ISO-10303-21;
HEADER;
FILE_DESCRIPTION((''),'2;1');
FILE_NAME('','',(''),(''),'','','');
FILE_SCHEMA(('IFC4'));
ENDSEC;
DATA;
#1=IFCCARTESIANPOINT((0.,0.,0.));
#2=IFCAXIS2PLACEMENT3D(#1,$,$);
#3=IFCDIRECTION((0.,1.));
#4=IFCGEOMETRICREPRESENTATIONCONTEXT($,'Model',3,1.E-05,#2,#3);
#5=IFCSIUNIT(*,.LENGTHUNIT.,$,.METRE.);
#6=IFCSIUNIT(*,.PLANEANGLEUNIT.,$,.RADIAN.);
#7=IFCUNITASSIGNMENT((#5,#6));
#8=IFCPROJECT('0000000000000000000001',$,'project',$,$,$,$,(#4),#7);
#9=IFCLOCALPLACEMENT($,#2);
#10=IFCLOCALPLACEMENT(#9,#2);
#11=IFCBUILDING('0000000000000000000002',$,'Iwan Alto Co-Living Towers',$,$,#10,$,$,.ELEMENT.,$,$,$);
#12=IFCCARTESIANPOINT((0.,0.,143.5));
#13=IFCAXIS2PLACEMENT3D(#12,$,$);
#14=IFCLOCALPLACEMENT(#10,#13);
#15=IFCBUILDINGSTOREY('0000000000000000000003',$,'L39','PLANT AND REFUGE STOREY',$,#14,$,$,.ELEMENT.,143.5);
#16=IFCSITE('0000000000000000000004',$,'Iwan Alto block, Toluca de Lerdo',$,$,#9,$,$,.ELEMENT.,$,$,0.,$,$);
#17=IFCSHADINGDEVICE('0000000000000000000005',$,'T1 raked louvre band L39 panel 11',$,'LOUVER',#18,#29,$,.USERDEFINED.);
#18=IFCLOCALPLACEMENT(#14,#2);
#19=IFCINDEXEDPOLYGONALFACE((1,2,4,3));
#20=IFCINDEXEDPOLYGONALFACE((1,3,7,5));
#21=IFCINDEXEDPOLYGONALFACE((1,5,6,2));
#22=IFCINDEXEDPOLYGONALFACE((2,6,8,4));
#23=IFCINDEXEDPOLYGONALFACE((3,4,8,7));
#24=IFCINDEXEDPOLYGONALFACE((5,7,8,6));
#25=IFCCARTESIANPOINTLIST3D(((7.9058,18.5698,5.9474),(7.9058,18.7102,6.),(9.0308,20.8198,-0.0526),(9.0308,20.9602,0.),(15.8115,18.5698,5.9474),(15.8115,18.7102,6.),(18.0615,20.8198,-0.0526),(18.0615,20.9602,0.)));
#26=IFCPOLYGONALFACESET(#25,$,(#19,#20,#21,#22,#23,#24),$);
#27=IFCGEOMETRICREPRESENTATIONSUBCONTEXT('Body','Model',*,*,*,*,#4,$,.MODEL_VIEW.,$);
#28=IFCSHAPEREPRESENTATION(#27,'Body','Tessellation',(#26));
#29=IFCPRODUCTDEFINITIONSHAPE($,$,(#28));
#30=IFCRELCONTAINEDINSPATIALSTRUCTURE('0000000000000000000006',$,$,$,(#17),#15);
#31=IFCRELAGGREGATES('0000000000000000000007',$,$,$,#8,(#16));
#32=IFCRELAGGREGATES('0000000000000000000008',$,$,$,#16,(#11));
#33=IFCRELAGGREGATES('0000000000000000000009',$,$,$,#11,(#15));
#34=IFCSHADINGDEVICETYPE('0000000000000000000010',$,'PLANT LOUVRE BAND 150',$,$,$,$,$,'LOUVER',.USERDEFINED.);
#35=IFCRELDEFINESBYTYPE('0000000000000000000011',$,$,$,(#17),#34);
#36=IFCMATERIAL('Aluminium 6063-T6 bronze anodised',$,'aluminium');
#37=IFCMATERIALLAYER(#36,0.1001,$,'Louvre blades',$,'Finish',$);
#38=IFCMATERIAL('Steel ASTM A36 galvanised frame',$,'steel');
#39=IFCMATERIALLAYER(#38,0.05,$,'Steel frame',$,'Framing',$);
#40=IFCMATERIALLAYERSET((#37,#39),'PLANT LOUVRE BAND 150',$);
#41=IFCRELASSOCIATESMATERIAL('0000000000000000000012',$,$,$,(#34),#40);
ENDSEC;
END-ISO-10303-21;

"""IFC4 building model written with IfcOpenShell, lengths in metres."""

from ifc_helpers import new_model, si_unit, direction, frame, origin, place, context, subcontext, project, spatial, polyline, outline, extrude, material, layer, layer_set, type_object, element, save


model = new_model("IFC4")

# Units and contexts
model_context = context("Model", 3, precision=1e-05, world=origin(), true_north=direction((0.0, 1.0)))
body_context = subcontext(model_context, "Body", "Model", "MODEL_VIEW")
ifc_project = project(units=[si_unit("LENGTHUNIT", "METRE"), si_unit("PLANEANGLEUNIT", "RADIAN")], contexts=[model_context])

# Site, building, storey
site_placement = place(None, origin())
site = spatial("IfcSite", under=ifc_project, at=site_placement, Name="Iwan Alto block, Toluca de Lerdo", CompositionType="ELEMENT", RefElevation=0.0)
building_placement = place(site_placement, origin())
building = spatial("IfcBuilding", under=site, at=building_placement, Name="Iwan Alto Co-Living Towers", CompositionType="ELEMENT")
storey_placement = place(building_placement, frame((0.0, 0.0, 143.5)))
storey = spatial("IfcBuildingStorey", under=building, at=storey_placement, Name="L39", Description="PLANT AND REFUGE STOREY", CompositionType="ELEMENT", Elevation=143.5)

# Shared definitions
ifc_material_1 = material(Name="Aluminium 6063-T6 bronze anodised", Category="aluminium")

# Shading device
ifc_layer_1 = layer(ifc_material_1, 0.1001, Name="Louvre blades", Category="Finish")
ifc_material_2 = material(Name="Steel ASTM A36 galvanised frame", Category="steel")
ifc_layer_2 = layer(ifc_material_2, 0.05, Name="Steel frame", Category="Framing")
ifc_layer_set_1 = layer_set([ifc_layer_1, ifc_layer_2], Name="PLANT LOUVRE BAND 150")
shading_device_type = type_object("IfcShadingDeviceType", Name="PLANT LOUVRE BAND 150", ElementType="LOUVER", PredefinedType="USERDEFINED", material=ifc_layer_set_1)
shading_device_1_placement = place(storey_placement, frame((18.0615, 20.9602, 0.0), z_axis=(0.0, 0.936329, 0.351123), x_axis=(-1.0, 0.0, 0.0)))
element("IfcShadingDevice", 1, at=shading_device_1_placement, inside=storey, type_object=shading_device_type, Name="T1 raked louvre band L39 panel 11", ObjectType="LOUVER", PredefinedType="USERDEFINED", context=body_context, shape_type="SweptSolid", body=[
    extrude(outline(polyline([(0.0, 0.0), (9.0308, 0.0), (10.1558, 6.408), (2.25, 6.408), (0.0, 0.0)])), origin(), (0.0, 0.0, -1.0), 0.1499),
])

save(model, "model.ifc")
